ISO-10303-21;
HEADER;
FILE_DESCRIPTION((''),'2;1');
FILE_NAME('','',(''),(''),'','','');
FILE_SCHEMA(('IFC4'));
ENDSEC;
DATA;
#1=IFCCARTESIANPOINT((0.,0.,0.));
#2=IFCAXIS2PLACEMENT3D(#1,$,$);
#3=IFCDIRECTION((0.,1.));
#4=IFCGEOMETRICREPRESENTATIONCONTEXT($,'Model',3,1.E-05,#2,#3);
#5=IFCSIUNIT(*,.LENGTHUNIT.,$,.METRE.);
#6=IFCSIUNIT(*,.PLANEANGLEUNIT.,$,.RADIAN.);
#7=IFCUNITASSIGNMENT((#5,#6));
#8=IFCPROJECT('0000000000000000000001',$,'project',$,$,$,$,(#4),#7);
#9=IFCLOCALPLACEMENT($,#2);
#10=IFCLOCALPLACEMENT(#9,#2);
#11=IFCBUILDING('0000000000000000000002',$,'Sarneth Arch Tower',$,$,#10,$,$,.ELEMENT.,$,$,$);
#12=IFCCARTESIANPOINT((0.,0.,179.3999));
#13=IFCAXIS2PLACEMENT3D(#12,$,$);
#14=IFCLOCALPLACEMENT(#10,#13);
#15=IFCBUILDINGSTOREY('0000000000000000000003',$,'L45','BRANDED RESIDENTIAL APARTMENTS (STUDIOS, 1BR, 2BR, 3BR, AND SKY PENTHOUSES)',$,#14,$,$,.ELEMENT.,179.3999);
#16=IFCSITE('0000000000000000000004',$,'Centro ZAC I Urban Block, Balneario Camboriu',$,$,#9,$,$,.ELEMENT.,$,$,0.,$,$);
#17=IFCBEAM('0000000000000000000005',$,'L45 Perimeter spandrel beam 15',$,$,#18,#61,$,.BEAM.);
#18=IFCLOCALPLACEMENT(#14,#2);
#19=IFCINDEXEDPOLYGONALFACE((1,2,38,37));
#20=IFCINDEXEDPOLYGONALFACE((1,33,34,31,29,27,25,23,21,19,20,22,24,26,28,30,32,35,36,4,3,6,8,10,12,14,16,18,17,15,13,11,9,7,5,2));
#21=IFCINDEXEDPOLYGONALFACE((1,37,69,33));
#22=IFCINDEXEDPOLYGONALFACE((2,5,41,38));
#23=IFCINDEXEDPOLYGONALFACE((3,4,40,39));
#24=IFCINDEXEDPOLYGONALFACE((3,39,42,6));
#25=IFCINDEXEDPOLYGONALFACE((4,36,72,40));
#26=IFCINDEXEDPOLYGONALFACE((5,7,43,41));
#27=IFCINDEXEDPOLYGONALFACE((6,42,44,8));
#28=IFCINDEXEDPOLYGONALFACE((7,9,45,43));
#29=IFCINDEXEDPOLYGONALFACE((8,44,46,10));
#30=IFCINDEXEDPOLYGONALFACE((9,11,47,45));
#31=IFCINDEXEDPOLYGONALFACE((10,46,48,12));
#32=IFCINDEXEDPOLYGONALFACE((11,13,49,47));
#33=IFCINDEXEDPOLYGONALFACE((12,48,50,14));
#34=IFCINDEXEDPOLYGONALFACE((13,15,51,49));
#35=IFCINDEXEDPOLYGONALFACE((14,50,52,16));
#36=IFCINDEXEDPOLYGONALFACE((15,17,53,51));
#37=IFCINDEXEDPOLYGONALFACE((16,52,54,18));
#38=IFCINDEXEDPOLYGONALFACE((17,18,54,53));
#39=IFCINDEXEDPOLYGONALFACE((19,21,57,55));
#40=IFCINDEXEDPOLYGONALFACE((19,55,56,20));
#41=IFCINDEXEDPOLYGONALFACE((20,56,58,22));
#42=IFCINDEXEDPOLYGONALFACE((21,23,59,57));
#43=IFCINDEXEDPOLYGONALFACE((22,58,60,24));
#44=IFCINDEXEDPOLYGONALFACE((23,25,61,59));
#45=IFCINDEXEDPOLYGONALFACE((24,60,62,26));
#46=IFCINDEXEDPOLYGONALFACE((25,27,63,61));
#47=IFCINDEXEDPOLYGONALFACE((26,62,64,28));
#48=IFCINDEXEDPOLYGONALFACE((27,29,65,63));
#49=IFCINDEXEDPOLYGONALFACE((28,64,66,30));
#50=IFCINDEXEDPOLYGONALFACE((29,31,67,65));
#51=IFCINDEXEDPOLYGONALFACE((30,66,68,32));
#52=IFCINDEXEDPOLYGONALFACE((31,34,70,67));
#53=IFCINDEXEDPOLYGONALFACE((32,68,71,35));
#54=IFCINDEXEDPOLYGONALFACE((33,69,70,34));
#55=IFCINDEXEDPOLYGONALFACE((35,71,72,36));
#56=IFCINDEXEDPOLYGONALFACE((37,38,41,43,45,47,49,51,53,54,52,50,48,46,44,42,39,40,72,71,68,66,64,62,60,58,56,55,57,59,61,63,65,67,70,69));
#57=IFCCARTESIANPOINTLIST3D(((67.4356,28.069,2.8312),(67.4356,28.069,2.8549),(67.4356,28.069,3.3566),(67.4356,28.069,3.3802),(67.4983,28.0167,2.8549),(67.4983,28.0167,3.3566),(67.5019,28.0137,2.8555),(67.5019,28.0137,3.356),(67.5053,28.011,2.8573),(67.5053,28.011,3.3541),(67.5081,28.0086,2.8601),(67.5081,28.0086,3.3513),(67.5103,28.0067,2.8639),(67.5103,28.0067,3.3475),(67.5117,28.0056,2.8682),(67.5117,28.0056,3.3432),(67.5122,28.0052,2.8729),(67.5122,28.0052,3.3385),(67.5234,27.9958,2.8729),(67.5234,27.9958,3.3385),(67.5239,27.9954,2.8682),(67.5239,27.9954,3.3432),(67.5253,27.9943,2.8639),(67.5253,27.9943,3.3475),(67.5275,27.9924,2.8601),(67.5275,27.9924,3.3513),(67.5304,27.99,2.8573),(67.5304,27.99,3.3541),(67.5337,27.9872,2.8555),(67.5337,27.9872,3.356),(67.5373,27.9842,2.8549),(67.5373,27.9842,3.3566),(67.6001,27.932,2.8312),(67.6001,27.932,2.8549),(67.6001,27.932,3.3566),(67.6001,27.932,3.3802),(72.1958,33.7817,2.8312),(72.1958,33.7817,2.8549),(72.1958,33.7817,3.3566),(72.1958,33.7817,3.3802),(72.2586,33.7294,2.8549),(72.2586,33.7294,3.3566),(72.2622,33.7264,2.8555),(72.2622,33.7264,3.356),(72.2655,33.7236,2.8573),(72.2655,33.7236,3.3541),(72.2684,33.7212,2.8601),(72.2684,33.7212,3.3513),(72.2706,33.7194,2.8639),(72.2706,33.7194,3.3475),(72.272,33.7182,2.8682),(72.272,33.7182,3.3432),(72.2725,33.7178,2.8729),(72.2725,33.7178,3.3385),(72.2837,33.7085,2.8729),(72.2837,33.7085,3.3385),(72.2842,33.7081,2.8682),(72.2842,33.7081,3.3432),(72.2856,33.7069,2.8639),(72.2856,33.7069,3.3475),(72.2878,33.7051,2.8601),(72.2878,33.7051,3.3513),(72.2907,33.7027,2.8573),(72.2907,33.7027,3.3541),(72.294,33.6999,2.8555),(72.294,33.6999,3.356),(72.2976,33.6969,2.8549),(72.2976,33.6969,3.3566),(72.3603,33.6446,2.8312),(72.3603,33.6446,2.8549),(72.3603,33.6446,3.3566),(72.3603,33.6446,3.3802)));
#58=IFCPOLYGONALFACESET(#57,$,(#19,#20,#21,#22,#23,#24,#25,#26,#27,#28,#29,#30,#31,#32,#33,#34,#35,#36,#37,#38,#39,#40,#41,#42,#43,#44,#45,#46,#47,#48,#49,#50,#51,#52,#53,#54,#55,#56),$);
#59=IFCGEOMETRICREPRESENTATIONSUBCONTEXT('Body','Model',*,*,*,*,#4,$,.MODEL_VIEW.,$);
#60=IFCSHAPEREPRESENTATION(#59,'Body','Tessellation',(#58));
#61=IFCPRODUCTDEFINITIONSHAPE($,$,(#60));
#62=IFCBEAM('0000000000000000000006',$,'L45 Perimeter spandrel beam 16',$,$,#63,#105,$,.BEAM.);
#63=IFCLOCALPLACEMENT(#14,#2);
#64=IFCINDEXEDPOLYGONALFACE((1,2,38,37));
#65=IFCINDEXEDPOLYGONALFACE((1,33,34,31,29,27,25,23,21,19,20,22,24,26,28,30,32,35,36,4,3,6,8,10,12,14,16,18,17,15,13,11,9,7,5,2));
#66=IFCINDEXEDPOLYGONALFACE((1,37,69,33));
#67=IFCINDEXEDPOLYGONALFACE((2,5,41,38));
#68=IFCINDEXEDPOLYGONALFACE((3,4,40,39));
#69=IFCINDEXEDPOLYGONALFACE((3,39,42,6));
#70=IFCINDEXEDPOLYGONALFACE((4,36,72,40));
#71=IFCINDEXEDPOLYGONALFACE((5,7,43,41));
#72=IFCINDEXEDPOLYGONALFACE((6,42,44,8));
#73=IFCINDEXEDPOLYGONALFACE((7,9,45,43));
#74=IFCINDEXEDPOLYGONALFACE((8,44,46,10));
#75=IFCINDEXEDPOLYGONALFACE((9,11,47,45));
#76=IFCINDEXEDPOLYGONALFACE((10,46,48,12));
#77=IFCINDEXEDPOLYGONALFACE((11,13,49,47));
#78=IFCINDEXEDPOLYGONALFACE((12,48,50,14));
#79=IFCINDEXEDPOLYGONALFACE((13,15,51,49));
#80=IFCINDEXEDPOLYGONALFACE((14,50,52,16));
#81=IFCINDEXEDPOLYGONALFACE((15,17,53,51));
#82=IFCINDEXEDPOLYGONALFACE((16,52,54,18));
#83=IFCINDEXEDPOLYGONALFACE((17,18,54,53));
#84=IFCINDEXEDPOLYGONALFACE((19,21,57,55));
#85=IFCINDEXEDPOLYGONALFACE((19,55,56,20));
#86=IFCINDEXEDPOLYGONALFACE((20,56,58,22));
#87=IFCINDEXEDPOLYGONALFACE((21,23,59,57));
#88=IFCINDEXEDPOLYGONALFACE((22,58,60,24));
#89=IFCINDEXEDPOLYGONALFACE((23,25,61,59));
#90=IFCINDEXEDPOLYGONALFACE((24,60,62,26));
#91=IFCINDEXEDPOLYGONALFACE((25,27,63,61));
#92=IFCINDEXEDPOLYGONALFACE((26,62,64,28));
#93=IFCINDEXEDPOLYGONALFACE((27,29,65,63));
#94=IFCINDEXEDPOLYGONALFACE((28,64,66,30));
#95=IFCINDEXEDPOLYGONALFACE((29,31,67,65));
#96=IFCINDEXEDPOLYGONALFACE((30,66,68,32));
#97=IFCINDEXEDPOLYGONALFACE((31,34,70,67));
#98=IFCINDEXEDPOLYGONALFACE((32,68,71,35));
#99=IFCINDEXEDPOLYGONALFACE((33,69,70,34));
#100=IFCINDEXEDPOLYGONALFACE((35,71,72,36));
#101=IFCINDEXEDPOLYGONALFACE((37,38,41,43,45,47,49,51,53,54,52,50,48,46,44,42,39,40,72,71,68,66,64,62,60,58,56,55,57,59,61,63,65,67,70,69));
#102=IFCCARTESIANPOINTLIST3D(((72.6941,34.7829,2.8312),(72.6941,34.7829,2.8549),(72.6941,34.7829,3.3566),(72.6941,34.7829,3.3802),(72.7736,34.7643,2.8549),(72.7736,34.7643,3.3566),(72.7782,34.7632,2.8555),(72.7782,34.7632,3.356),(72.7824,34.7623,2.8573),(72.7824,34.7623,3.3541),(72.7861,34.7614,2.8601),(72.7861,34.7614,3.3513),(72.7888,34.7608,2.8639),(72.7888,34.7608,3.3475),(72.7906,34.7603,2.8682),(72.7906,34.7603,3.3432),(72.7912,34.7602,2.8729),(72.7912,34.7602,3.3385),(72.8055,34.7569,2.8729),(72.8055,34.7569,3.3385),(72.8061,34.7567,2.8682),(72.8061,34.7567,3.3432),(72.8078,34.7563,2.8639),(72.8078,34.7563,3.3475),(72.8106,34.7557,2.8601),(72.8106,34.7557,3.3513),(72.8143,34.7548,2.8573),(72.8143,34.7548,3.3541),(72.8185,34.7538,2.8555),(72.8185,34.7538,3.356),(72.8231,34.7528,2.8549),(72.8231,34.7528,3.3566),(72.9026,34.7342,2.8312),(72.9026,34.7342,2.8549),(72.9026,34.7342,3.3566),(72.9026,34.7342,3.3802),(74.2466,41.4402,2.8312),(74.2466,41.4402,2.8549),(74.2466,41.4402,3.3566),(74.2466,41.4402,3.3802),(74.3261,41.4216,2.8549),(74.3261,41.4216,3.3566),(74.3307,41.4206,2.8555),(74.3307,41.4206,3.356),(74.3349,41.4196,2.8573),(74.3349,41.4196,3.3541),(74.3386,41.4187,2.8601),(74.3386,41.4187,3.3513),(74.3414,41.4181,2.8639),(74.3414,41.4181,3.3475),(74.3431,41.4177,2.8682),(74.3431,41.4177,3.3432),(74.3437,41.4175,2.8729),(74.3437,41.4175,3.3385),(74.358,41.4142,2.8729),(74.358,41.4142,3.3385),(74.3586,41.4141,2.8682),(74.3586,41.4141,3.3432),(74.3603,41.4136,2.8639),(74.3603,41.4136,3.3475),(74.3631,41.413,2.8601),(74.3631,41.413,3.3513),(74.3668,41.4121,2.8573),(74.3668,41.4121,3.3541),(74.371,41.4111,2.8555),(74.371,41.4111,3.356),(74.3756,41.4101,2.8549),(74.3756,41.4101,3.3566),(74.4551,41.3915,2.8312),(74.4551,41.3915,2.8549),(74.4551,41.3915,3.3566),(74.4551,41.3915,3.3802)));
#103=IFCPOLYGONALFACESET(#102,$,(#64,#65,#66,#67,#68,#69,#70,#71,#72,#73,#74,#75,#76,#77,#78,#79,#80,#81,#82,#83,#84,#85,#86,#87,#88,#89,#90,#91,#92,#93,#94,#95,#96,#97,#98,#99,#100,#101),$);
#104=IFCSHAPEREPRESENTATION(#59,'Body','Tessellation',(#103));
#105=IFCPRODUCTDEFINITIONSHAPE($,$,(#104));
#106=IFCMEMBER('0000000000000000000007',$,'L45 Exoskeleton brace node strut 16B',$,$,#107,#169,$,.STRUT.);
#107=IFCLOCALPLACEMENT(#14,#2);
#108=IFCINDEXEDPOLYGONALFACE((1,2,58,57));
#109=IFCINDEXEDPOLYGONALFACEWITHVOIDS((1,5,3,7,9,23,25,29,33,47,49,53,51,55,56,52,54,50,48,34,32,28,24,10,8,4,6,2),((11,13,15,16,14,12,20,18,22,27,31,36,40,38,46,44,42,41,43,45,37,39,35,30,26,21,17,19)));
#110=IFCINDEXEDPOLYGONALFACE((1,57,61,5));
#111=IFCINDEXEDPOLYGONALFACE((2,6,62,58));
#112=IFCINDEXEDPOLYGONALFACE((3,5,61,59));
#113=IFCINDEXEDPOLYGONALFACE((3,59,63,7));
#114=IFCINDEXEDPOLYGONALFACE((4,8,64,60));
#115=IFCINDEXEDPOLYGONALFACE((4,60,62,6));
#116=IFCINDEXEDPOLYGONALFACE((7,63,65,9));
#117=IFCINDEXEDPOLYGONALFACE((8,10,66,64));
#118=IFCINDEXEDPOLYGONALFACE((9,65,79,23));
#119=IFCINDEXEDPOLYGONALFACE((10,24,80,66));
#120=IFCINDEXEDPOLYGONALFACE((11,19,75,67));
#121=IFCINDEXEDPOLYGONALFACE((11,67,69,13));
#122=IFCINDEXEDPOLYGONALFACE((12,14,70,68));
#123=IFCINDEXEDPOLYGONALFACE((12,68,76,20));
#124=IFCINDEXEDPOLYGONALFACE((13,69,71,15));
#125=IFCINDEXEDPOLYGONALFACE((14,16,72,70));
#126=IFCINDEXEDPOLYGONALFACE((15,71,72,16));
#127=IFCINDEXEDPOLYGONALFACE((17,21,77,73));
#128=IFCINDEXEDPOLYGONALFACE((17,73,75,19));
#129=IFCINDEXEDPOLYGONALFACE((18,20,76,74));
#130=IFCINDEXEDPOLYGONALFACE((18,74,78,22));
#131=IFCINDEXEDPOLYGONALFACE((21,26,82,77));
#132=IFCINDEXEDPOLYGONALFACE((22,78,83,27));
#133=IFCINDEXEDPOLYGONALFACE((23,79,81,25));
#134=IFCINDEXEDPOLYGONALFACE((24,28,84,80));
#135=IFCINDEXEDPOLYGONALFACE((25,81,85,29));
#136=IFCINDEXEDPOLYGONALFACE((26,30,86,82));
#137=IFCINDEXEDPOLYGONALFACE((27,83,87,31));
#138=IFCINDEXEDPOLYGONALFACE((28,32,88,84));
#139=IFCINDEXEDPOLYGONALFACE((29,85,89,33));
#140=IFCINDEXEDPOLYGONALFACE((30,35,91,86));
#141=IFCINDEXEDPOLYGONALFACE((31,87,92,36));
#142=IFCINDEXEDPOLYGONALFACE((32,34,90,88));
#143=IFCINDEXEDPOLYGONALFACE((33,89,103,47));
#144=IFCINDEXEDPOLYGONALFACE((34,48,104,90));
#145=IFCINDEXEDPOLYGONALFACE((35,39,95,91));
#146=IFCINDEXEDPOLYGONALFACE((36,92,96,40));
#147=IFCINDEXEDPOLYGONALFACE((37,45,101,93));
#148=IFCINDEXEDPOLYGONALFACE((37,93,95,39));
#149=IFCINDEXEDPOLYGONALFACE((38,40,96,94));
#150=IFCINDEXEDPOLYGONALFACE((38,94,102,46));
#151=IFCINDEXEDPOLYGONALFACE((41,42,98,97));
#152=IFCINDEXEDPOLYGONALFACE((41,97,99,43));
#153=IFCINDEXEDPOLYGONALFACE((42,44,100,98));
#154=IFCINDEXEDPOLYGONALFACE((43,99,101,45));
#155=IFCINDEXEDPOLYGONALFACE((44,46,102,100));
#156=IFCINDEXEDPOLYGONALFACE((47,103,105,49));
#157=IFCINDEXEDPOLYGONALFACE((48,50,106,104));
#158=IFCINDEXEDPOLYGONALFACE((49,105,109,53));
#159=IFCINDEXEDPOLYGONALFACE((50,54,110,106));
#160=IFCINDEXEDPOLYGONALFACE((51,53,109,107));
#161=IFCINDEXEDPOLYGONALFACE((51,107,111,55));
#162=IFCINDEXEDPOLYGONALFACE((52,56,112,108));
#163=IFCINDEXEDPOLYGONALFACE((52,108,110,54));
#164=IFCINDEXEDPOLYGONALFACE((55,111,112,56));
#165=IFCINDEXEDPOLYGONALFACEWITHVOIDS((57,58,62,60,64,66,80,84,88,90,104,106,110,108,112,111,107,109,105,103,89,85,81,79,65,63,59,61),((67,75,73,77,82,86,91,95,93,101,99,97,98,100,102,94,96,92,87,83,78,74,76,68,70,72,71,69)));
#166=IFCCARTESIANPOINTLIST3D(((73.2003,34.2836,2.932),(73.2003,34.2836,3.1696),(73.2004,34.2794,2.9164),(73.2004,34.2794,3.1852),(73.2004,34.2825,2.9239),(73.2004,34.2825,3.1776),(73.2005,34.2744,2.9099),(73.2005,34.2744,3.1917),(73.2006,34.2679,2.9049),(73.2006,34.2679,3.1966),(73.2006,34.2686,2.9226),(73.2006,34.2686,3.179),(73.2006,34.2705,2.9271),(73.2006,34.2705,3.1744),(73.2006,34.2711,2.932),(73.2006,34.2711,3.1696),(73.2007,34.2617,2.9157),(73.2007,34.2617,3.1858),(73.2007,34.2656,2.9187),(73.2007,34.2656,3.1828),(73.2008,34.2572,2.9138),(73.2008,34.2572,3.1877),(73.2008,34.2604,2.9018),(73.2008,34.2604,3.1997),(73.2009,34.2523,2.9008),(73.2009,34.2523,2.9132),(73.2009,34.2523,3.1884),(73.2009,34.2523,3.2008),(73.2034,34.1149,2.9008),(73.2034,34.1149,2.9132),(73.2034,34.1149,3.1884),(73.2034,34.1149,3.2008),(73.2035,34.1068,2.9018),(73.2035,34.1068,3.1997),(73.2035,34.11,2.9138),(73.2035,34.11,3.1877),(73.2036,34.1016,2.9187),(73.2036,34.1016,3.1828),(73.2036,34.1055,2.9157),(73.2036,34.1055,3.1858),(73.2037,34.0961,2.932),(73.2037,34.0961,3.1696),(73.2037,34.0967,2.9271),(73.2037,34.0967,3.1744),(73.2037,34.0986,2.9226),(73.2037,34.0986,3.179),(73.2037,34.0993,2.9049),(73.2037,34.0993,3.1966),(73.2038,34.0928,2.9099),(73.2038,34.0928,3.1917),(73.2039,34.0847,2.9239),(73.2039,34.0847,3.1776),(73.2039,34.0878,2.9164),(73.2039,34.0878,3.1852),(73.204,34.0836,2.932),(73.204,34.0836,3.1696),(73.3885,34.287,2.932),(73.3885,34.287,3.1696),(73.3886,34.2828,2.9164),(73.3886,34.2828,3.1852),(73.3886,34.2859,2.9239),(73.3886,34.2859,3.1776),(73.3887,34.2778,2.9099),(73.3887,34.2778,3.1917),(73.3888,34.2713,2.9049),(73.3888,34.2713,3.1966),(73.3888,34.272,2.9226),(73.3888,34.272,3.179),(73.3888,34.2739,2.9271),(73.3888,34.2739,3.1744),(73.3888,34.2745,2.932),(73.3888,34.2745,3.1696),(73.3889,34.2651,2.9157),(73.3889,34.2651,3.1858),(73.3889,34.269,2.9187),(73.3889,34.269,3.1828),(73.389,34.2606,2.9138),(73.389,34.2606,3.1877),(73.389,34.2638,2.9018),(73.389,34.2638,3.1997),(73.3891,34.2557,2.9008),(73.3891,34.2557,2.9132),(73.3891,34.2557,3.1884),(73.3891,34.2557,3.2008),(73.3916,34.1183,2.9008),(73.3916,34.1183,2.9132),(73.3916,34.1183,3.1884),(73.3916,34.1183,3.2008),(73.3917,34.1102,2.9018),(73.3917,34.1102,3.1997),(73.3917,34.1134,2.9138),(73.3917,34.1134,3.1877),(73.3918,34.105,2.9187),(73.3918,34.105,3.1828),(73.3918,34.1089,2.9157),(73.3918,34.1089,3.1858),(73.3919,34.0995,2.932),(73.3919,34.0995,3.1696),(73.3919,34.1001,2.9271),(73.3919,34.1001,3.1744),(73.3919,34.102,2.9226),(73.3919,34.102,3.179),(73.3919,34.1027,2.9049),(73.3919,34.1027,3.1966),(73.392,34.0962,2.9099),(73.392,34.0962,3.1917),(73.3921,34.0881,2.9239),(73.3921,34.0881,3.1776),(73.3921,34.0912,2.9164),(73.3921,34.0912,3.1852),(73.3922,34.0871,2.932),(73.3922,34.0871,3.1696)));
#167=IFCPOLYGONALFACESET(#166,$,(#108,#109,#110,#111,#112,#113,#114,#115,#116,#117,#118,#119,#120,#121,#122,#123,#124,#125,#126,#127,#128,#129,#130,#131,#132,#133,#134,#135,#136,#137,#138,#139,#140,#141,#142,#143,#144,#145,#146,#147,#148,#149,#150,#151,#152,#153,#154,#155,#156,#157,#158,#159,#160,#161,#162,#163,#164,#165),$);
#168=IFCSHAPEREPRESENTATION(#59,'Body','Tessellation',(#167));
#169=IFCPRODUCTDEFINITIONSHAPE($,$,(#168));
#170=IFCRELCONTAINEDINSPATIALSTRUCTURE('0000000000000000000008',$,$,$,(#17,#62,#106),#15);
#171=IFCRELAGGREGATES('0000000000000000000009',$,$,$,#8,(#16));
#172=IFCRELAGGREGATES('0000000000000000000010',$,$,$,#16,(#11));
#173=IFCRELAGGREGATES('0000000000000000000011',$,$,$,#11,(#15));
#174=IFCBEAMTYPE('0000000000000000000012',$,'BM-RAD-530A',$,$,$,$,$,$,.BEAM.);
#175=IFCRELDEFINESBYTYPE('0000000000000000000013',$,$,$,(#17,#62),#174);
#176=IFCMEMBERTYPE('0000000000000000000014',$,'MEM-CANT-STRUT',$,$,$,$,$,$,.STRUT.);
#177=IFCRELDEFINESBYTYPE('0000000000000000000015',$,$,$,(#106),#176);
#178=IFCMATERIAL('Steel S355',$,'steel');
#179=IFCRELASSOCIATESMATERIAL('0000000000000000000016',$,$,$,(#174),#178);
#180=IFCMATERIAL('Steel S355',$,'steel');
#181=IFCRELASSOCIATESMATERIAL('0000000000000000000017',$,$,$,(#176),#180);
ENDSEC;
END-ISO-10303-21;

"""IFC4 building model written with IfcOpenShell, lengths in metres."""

from ifc_helpers import new_model, si_unit, direction, frame, origin, origin_2d, place, context, subcontext, project, spatial, hollow_rectangle, i_section, extrude, material, material_profile, profile_set, type_object, element, save


model = new_model("IFC4")

# Units and contexts
model_context = context("Model", 3, precision=1e-05, world=origin(), true_north=direction((0.0, 1.0)))
body_context = subcontext(model_context, "Body", "Model", "MODEL_VIEW")
ifc_project = project(units=[si_unit("LENGTHUNIT", "METRE"), si_unit("PLANEANGLEUNIT", "RADIAN")], contexts=[model_context])

# Site, building, storey
site_placement = place(None, origin())
site = spatial("IfcSite", under=ifc_project, at=site_placement, Name="Centro ZAC I Urban Block, Balneario Camboriu", CompositionType="ELEMENT", RefElevation=0.0)
building_placement = place(site_placement, origin())
building = spatial("IfcBuilding", under=site, at=building_placement, Name="Sarneth Arch Tower", CompositionType="ELEMENT")
storey_placement = place(building_placement, frame((0.0, 0.0, 179.3999)))
storey = spatial("IfcBuildingStorey", under=building, at=storey_placement, Name="L45", Description="BRANDED RESIDENTIAL APARTMENTS (STUDIOS, 1BR, 2BR, 3BR, AND SKY PENTHOUSES)", CompositionType="ELEMENT", Elevation=179.3999)

# Beams
ifc_material_1 = material(Name="Steel S355", Category="steel")
ifc_material_profile_1 = material_profile(ifc_material_1, i_section(OverallWidth=0.2141, OverallDepth=0.5491, WebThickness=0.0146, FlangeThickness=0.0237, FilletRadius=0.0181, at=origin_2d()), Name="W530x138")
ifc_profile_set_1 = profile_set([ifc_material_profile_1], Name="Steel S355")
beam_type_1 = type_object("IfcBeamType", Name="BM-RAD-530A", PredefinedType="BEAM", material=ifc_profile_set_1)
beam_1_placement = place(storey_placement, frame((67.5178, 28.0005, 3.1057), z_axis=(0.640162, 0.76824, 0.0), x_axis=(-0.76824, 0.640162, 0.0)))
element("IfcBeam", 1, at=beam_1_placement, inside=storey, type_object=beam_type_1, Name="L45 Perimeter spandrel beam 15", PredefinedType="BEAM", context=body_context, shape_type="SweptSolid", body=[
    extrude(i_section(OverallWidth=0.2141, OverallDepth=0.5491, WebThickness=0.0146, FlangeThickness=0.0237, FilletRadius=0.0181, at=origin_2d()), origin(), (0.0, 0.0, 1.0), 7.436),
])
beam_2_placement = place(storey_placement, frame((72.7983, 34.7585, 3.1057), z_axis=(0.22711, 0.973869, 0.0), x_axis=(-0.973869, 0.22711, 0.0)))
element("IfcBeam", 2, at=beam_2_placement, inside=storey, type_object=beam_type_1, Name="L45 Perimeter spandrel beam 16", PredefinedType="BEAM", context=body_context, shape_type="SweptSolid", body=[
    extrude(i_section(OverallWidth=0.2141, OverallDepth=0.5491, WebThickness=0.0146, FlangeThickness=0.0237, FilletRadius=0.0181, at=origin_2d()), origin(), (0.0, 0.0, 1.0), 6.8359),
])

# Member
ifc_material_2 = material(Name="Steel S355", Category="steel")
ifc_material_profile_2 = material_profile(ifc_material_2, hollow_rectangle(XDim=0.2, YDim=0.3, WallThickness=0.0125, InnerFilletRadius=0.0188, OuterFilletRadius=0.0312, at=origin_2d()), Name="RHS300x200x12.5")
ifc_profile_set_2 = profile_set([ifc_material_profile_2], Name="Steel S355")
member_type_1 = type_object("IfcMemberType", Name="MEM-CANT-STRUT", PredefinedType="STRUT", material=ifc_profile_set_2)
member_1_placement = place(storey_placement, frame((73.2021, 34.1836, 3.0508), z_axis=(0.999835, 0.018155, 0.0), x_axis=(-0.018155, 0.999835, 0.0)))
element("IfcMember", 3, at=member_1_placement, inside=storey, type_object=member_type_1, Name="L45 Exoskeleton brace node strut 16B", PredefinedType="STRUT", context=body_context, shape_type="SweptSolid", body=[
    extrude(hollow_rectangle(XDim=0.2, YDim=0.3, WallThickness=0.0125, InnerFilletRadius=0.0188, OuterFilletRadius=0.0312, at=origin_2d()), origin(), (0.0, 0.0, 1.0), 0.1882),
])

save(model, "model.ifc")
